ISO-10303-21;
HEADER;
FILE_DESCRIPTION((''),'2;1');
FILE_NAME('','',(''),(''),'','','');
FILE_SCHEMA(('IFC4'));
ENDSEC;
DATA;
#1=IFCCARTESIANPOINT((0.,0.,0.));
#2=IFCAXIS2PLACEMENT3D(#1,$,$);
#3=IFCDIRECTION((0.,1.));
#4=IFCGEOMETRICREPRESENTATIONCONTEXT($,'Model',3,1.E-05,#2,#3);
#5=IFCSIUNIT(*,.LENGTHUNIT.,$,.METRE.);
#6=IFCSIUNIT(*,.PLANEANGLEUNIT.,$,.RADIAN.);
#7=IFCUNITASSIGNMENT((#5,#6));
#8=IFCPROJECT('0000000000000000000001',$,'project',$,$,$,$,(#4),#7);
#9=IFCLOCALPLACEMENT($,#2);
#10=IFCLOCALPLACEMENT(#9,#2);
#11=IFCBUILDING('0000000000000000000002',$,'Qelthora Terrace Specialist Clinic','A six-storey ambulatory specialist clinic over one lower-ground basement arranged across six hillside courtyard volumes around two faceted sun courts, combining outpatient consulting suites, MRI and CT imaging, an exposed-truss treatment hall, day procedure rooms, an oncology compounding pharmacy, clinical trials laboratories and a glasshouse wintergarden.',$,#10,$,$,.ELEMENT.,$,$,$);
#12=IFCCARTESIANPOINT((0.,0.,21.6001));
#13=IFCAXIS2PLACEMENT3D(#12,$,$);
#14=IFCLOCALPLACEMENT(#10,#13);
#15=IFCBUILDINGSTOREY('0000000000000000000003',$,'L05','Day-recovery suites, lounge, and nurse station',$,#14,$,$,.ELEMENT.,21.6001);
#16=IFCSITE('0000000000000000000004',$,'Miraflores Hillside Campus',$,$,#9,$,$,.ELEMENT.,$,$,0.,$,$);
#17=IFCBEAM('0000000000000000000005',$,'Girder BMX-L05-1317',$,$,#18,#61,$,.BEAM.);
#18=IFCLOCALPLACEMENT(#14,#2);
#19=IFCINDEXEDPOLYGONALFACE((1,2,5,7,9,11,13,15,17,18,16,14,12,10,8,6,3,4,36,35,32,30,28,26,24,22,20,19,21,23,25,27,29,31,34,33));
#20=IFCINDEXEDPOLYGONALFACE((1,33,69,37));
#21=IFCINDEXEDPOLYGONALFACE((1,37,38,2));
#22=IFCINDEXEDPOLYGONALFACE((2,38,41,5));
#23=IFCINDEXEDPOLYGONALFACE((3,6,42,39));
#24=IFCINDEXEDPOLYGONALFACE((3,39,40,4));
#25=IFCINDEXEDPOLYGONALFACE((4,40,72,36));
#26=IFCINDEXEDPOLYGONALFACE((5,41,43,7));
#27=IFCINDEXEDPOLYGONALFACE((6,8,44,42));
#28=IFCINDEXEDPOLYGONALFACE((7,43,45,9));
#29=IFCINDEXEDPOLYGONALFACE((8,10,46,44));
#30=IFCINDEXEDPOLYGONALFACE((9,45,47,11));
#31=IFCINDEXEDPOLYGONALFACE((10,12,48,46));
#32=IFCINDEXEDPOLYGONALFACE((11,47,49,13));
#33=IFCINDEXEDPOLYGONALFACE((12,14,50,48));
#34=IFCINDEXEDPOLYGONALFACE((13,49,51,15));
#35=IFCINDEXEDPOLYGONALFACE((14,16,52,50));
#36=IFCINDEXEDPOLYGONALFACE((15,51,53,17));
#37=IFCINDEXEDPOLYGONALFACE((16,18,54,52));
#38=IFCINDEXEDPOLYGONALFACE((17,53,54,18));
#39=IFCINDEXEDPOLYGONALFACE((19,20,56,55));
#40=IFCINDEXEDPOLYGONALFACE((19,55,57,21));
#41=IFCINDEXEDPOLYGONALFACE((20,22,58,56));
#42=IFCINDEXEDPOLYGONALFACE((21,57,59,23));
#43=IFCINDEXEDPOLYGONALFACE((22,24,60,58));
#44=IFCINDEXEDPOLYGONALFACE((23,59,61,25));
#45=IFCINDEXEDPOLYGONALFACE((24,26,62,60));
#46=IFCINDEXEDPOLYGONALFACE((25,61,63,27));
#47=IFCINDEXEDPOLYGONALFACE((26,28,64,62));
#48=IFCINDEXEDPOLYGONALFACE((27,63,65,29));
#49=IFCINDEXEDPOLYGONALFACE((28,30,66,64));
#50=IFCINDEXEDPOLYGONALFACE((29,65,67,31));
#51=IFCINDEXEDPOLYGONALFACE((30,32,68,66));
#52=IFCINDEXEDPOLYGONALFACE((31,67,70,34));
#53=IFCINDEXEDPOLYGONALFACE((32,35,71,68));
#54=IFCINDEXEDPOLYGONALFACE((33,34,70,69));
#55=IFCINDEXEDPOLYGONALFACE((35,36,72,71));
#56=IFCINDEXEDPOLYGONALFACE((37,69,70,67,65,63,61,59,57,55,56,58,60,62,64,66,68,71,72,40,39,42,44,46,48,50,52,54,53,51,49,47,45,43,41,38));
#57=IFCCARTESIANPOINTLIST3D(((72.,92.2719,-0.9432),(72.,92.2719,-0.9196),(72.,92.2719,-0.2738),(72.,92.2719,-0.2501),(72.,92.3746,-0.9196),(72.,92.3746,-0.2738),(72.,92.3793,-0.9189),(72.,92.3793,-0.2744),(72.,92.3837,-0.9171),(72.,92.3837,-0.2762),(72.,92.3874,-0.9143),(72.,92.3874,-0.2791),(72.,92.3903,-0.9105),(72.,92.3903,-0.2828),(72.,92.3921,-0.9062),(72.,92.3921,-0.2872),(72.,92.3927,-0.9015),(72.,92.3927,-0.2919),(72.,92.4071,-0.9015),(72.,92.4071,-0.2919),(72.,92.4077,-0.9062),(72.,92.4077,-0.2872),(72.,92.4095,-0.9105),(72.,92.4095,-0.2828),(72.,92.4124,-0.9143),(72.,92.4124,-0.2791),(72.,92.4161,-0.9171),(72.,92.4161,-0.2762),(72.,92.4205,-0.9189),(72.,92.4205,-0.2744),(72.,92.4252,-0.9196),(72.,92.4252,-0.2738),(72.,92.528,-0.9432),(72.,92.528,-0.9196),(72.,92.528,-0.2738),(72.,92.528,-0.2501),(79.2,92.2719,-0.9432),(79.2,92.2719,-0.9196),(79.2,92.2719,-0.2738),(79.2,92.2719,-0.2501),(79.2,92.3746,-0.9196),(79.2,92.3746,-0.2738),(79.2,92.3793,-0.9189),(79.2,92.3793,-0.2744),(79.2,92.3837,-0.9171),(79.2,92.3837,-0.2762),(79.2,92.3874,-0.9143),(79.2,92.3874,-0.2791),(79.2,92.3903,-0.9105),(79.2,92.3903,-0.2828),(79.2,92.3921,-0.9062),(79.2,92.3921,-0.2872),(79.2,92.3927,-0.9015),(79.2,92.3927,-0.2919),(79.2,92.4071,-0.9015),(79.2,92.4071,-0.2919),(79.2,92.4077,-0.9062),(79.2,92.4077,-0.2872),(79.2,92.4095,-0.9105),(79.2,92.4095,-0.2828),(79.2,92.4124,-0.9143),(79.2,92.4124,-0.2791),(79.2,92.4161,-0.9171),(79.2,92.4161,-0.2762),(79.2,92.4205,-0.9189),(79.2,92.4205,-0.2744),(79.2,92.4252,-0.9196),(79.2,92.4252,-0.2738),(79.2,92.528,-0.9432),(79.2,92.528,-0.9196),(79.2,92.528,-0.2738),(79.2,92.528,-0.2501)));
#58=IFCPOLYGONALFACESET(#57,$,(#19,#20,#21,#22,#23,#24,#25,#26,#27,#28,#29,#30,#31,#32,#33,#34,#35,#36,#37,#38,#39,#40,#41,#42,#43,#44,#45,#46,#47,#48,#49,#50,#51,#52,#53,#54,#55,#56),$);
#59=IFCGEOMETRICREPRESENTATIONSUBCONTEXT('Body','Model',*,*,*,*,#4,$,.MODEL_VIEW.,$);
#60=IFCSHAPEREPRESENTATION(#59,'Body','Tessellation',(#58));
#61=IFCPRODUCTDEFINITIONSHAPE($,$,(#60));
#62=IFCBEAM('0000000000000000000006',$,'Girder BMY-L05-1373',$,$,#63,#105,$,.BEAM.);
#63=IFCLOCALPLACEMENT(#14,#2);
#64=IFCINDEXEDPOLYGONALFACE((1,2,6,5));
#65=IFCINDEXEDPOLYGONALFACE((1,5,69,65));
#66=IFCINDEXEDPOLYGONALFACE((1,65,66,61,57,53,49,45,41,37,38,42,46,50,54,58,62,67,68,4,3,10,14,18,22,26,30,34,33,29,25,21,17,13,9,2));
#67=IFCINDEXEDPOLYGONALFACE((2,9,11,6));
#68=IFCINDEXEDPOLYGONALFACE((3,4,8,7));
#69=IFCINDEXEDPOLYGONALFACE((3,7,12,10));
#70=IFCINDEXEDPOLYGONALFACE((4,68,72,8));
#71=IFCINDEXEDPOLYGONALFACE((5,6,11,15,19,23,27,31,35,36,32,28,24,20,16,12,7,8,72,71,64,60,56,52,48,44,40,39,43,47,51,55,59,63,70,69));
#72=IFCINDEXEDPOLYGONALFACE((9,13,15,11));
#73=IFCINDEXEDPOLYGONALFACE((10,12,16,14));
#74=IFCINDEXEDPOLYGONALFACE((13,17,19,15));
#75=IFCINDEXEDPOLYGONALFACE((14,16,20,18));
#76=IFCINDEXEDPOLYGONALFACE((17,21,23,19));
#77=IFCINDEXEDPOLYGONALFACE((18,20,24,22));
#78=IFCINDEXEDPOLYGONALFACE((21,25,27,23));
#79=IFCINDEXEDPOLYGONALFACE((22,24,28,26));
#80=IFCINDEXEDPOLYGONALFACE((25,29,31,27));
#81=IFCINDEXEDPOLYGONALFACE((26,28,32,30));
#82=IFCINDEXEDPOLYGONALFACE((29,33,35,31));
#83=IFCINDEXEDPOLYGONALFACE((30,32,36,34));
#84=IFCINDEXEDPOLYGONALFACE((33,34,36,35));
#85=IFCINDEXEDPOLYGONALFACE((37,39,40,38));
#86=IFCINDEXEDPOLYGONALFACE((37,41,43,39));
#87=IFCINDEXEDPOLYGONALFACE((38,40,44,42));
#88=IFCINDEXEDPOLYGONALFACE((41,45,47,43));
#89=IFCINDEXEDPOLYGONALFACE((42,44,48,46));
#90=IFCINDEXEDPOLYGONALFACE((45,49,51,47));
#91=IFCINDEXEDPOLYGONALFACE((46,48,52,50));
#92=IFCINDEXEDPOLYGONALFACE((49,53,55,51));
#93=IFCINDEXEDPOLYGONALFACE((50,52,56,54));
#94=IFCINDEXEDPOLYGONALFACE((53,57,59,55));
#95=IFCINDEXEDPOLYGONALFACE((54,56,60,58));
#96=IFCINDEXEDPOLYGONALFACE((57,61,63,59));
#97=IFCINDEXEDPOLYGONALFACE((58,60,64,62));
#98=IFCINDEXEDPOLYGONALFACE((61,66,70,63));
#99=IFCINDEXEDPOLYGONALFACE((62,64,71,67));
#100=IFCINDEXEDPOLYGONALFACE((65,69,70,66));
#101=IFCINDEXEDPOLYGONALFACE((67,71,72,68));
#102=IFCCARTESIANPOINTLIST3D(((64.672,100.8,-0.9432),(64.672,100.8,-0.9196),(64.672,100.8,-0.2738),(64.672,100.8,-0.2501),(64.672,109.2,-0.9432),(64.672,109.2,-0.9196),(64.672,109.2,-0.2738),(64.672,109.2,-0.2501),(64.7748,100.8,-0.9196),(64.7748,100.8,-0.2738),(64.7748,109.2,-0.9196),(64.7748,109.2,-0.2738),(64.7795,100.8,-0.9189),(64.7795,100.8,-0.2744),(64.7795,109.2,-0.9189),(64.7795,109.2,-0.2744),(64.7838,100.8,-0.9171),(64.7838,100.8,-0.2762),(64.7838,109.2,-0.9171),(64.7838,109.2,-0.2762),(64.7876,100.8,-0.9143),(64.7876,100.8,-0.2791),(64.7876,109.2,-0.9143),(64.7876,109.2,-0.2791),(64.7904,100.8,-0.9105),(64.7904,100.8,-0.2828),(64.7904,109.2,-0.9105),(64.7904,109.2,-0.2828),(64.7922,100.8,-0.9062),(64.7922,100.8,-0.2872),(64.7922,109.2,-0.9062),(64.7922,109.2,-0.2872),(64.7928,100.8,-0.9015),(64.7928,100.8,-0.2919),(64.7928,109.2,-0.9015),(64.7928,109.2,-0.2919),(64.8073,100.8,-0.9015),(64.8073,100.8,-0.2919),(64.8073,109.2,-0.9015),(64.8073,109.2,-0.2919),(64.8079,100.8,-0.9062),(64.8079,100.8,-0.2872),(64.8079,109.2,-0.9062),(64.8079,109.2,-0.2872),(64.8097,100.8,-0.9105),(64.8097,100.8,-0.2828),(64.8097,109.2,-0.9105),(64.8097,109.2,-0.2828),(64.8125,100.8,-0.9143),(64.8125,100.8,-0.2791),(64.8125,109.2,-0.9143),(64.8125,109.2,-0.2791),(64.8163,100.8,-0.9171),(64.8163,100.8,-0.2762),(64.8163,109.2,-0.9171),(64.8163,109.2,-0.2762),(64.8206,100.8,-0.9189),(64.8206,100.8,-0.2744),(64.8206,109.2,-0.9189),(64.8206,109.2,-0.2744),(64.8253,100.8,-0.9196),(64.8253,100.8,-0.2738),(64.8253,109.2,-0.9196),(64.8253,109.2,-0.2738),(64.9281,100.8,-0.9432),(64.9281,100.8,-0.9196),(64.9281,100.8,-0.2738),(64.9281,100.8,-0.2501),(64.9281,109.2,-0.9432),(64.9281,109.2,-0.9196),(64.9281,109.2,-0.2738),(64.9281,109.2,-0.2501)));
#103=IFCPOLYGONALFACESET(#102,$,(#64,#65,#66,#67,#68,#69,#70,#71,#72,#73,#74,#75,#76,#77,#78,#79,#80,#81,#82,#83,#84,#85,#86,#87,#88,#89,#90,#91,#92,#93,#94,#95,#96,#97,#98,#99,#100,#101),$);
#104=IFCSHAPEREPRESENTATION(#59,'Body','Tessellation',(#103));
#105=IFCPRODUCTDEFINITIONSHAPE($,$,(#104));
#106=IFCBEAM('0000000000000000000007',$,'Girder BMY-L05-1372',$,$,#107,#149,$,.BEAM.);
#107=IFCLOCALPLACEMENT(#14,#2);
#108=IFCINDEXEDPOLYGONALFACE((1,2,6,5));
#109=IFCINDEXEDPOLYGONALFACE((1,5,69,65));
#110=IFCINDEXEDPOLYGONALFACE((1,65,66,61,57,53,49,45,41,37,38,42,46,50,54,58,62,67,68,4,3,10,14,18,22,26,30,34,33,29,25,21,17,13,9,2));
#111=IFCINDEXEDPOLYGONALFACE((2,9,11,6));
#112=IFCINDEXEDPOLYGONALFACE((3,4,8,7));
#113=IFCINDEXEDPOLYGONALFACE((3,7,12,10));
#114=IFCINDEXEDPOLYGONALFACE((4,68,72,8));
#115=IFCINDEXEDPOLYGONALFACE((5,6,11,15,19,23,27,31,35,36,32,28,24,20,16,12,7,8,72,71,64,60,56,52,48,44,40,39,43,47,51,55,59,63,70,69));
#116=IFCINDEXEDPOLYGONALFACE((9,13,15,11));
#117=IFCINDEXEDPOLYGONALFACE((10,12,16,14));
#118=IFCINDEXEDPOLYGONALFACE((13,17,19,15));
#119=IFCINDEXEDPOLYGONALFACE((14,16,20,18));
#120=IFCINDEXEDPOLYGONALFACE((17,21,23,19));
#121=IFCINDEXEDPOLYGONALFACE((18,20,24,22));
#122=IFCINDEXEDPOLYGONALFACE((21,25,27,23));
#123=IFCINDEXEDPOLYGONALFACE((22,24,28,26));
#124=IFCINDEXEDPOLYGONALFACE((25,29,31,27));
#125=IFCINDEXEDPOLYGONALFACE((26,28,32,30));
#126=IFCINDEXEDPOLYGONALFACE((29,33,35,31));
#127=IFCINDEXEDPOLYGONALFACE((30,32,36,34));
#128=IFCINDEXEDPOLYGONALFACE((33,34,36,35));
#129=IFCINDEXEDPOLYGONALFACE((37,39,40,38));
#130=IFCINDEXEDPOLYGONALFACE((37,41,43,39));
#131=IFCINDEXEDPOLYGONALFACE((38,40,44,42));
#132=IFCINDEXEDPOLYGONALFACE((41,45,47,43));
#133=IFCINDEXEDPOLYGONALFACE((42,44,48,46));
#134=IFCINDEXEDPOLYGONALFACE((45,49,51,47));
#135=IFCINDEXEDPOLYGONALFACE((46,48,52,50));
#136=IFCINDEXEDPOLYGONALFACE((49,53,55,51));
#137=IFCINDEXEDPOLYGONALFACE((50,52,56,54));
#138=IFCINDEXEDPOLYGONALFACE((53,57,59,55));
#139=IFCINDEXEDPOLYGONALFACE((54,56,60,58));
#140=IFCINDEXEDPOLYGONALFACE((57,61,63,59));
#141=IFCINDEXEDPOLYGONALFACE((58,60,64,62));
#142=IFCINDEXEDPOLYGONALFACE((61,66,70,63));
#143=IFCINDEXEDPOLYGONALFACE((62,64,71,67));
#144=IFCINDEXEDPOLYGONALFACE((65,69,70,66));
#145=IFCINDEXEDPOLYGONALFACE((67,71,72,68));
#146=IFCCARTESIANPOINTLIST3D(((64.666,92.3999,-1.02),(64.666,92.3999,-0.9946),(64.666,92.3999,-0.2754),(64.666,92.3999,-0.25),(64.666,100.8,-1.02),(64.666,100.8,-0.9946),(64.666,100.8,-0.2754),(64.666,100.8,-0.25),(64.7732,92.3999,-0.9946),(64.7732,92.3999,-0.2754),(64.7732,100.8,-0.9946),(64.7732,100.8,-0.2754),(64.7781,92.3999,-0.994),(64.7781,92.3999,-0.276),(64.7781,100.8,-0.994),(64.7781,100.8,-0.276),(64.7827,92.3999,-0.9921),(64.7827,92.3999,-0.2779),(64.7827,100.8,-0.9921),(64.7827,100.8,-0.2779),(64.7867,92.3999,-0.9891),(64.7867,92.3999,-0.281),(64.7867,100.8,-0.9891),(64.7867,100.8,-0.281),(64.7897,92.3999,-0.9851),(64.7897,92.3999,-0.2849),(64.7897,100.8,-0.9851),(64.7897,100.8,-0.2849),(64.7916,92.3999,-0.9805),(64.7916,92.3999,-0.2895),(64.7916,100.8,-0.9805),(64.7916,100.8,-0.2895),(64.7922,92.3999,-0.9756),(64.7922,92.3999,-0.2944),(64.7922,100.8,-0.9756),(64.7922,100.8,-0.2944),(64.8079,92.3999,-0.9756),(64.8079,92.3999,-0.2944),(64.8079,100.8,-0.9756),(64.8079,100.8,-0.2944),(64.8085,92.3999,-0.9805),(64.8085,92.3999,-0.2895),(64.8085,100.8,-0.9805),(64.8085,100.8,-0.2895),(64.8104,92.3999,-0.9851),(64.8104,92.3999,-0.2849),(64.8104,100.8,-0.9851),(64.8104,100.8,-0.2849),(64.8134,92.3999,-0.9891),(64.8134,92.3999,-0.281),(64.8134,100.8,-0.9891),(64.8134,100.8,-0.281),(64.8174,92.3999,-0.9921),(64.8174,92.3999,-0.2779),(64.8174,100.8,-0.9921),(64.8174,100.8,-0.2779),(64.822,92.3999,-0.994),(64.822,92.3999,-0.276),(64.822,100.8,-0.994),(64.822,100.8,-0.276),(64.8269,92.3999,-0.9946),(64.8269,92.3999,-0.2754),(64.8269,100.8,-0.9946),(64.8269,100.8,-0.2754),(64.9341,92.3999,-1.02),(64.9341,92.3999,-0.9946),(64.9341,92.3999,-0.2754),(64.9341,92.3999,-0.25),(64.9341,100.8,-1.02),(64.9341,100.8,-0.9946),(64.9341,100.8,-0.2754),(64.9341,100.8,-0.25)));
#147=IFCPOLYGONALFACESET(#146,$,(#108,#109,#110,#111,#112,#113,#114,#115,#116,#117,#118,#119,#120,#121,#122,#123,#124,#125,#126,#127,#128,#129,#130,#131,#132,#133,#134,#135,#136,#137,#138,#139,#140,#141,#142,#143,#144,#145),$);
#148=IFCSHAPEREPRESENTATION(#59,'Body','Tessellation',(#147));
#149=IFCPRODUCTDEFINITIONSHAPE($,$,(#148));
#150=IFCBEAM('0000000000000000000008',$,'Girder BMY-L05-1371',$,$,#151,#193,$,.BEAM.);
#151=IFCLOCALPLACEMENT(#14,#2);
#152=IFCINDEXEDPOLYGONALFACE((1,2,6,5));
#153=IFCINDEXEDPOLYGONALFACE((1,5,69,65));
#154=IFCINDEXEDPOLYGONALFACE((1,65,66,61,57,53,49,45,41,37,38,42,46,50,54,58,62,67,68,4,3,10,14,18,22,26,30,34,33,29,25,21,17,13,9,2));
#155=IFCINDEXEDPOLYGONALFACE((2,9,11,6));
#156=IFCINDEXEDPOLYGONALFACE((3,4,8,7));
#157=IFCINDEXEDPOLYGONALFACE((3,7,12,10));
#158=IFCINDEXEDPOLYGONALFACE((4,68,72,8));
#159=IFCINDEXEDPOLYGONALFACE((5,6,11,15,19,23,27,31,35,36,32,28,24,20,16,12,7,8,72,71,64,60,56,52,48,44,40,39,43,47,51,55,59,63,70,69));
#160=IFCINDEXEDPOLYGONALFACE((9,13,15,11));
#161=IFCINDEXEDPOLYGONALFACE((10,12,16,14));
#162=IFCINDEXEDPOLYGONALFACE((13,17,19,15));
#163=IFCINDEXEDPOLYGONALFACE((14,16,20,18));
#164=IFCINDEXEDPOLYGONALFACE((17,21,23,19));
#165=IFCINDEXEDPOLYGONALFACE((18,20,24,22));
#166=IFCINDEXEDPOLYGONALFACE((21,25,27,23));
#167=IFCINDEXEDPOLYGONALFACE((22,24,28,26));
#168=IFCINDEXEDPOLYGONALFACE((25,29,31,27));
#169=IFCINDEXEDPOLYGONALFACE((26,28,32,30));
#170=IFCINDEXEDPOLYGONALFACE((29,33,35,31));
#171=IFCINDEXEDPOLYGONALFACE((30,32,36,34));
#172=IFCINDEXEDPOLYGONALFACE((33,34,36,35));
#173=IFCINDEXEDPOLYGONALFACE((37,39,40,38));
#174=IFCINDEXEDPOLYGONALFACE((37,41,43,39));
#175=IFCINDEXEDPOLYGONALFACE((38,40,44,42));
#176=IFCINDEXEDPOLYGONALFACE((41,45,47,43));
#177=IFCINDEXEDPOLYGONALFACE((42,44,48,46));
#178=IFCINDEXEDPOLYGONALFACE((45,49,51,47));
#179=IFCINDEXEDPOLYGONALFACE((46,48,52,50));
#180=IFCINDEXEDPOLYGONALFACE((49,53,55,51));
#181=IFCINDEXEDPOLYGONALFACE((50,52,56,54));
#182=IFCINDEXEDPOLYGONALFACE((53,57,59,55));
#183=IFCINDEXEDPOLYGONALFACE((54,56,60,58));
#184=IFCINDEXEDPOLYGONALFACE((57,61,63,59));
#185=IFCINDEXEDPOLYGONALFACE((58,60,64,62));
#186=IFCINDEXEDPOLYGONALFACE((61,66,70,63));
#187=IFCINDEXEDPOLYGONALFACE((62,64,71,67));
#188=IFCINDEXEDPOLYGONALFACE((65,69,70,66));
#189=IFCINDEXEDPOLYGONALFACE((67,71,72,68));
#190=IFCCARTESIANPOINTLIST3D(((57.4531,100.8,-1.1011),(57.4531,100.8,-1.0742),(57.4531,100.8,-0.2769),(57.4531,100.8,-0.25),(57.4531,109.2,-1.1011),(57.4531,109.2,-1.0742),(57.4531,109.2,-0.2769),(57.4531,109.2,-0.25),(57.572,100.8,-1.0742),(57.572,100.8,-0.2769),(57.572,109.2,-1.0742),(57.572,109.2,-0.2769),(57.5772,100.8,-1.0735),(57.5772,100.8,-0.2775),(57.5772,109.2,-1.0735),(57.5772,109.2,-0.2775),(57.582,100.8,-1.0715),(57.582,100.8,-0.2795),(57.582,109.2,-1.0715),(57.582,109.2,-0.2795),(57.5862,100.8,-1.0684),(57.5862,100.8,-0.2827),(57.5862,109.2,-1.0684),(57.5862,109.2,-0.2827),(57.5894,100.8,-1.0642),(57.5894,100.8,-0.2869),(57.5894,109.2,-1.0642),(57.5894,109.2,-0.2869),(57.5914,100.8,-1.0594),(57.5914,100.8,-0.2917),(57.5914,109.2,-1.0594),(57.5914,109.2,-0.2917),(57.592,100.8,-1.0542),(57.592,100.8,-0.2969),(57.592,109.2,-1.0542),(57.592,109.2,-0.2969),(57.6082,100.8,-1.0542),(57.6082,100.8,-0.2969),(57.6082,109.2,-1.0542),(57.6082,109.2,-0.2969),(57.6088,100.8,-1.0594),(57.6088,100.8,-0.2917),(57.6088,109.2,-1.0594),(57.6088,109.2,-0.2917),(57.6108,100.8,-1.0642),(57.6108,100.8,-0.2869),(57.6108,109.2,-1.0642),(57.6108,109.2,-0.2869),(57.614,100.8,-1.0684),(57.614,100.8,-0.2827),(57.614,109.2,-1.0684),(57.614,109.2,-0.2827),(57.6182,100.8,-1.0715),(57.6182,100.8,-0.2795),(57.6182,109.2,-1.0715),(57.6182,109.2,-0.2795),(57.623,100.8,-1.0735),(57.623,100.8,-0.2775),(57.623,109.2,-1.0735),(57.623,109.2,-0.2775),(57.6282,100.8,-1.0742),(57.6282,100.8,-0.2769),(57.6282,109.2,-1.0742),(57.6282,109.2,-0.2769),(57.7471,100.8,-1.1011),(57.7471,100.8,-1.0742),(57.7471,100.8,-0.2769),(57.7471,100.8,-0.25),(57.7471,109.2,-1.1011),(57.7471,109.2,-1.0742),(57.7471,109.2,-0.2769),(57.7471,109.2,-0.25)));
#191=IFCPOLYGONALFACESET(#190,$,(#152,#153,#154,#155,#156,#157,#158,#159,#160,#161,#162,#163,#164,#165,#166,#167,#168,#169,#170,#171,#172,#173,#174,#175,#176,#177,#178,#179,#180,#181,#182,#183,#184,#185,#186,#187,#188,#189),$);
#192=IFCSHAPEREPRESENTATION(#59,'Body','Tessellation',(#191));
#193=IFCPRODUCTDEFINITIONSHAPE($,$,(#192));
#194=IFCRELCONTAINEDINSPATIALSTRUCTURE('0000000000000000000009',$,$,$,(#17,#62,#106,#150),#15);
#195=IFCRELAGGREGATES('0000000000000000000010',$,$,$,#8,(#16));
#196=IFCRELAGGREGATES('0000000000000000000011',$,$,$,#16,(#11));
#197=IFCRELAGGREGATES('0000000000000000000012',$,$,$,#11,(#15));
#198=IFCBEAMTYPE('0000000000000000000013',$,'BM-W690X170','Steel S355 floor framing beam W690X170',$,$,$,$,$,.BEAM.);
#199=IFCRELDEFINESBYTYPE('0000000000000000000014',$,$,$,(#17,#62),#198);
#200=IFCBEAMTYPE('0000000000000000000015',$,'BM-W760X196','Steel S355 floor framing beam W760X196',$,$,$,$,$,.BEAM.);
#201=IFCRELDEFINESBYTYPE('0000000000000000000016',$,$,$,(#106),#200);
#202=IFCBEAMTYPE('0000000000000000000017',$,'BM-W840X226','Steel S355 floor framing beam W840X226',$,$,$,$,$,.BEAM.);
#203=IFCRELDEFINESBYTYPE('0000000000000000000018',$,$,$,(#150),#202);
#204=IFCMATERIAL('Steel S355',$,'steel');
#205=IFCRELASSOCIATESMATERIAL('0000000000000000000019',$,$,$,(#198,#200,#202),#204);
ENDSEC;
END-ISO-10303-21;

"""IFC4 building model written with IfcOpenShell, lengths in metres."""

from ifc_helpers import new_model, si_unit, direction, frame, origin, origin_2d, place, context, subcontext, project, spatial, i_section, extrude, material, material_profile, profile_set, type_object, element, save


model = new_model("IFC4")

# Units and contexts
model_context = context("Model", 3, precision=1e-05, world=origin(), true_north=direction((0.0, 1.0)))
body_context = subcontext(model_context, "Body", "Model", "MODEL_VIEW")
ifc_project = project(units=[si_unit("LENGTHUNIT", "METRE"), si_unit("PLANEANGLEUNIT", "RADIAN")], contexts=[model_context])

# Site, building, storey
site_placement = place(None, origin())
site = spatial("IfcSite", under=ifc_project, at=site_placement, Name="Miraflores Hillside Campus", CompositionType="ELEMENT", RefElevation=0.0)
building_placement = place(site_placement, origin())
building = spatial("IfcBuilding", under=site, at=building_placement, Name="Qelthora Terrace Specialist Clinic", Description="A six-storey ambulatory specialist clinic over one lower-ground basement arranged across six hillside courtyard volumes around two faceted sun courts, combining outpatient consulting suites, MRI and CT imaging, an exposed-truss treatment hall, day procedure rooms, an oncology compounding pharmacy, clinical trials laboratories and a glasshouse wintergarden.", CompositionType="ELEMENT")
storey_placement = place(building_placement, frame((0.0, 0.0, 21.6001)))
storey = spatial("IfcBuildingStorey", under=building, at=storey_placement, Name="L05", Description="Day-recovery suites, lounge, and nurse station", CompositionType="ELEMENT", Elevation=21.6001)

# Beams
ifc_material_1 = material(Name="Steel S355", Category="steel")
ifc_material_profile_1 = material_profile(ifc_material_1, i_section(OverallWidth=0.2561, OverallDepth=0.6931, WebThickness=0.0144, FlangeThickness=0.0237, FilletRadius=0.0181, at=origin_2d()), Name="W690X170")
ifc_profile_set_1 = profile_set([ifc_material_profile_1], Name="Steel S355")
beam_type_1 = type_object("IfcBeamType", Name="BM-W690X170", Description="Steel S355 floor framing beam W690X170", PredefinedType="BEAM", material=ifc_profile_set_1)
beam_1_placement = place(storey_placement, frame((72.0, 92.3999, -0.5967), z_axis=(1.0, 0.0, 0.0), x_axis=(0.0, 1.0, 0.0)))
element("IfcBeam", 1, at=beam_1_placement, inside=storey, type_object=beam_type_1, Name="Girder BMX-L05-1317", PredefinedType="BEAM", context=body_context, shape_type="SweptSolid", body=[
    extrude(i_section(OverallWidth=0.2561, OverallDepth=0.6931, WebThickness=0.0144, FlangeThickness=0.0237, FilletRadius=0.0181, at=origin_2d()), origin(), (0.0, 0.0, 1.0), 7.2),
])
beam_2_placement = place(storey_placement, frame((64.8, 100.8, -0.5967), z_axis=(0.0, 1.0, 0.0), x_axis=(-1.0, 0.0, 0.0)))
element("IfcBeam", 2, at=beam_2_placement, inside=storey, type_object=beam_type_1, Name="Girder BMY-L05-1373", PredefinedType="BEAM", context=body_context, shape_type="SweptSolid", body=[
    extrude(i_section(OverallWidth=0.2561, OverallDepth=0.6931, WebThickness=0.0144, FlangeThickness=0.0237, FilletRadius=0.0181, at=origin_2d()), origin(), (0.0, 0.0, 1.0), 8.3999),
])
ifc_material_profile_2 = material_profile(ifc_material_1, i_section(OverallWidth=0.2681, OverallDepth=0.77, WebThickness=0.0156, FlangeThickness=0.0254, FilletRadius=0.019, at=origin_2d()), Name="W760X196")
ifc_profile_set_2 = profile_set([ifc_material_profile_2], Name="Steel S355")
beam_type_2 = type_object("IfcBeamType", Name="BM-W760X196", Description="Steel S355 floor framing beam W760X196", PredefinedType="BEAM", material=ifc_profile_set_2)
beam_3_placement = place(storey_placement, frame((64.8, 92.3999, -0.635), z_axis=(0.0, 1.0, 0.0), x_axis=(-1.0, 0.0, 0.0)))
element("IfcBeam", 3, at=beam_3_placement, inside=storey, type_object=beam_type_2, Name="Girder BMY-L05-1372", PredefinedType="BEAM", context=body_context, shape_type="SweptSolid", body=[
    extrude(i_section(OverallWidth=0.2681, OverallDepth=0.77, WebThickness=0.0156, FlangeThickness=0.0254, FilletRadius=0.019, at=origin_2d()), origin(), (0.0, 0.0, 1.0), 8.4001),
])
ifc_material_profile_3 = material_profile(ifc_material_1, i_section(OverallWidth=0.2939, OverallDepth=0.8511, WebThickness=0.0161, FlangeThickness=0.0269, FilletRadius=0.02, at=origin_2d()), Name="W840X226")
ifc_profile_set_3 = profile_set([ifc_material_profile_3], Name="Steel S355")
beam_type_3 = type_object("IfcBeamType", Name="BM-W840X226", Description="Steel S355 floor framing beam W840X226", PredefinedType="BEAM", material=ifc_profile_set_3)
beam_4_placement = place(storey_placement, frame((57.6001, 100.8, -0.6755), z_axis=(0.0, 1.0, 0.0), x_axis=(-1.0, 0.0, 0.0)))
element("IfcBeam", 4, at=beam_4_placement, inside=storey, type_object=beam_type_3, Name="Girder BMY-L05-1371", PredefinedType="BEAM", context=body_context, shape_type="SweptSolid", body=[
    extrude(i_section(OverallWidth=0.2939, OverallDepth=0.8511, WebThickness=0.0161, FlangeThickness=0.0269, FilletRadius=0.02, at=origin_2d()), origin(), (0.0, 0.0, 1.0), 8.3999),
])

save(model, "model.ifc")
